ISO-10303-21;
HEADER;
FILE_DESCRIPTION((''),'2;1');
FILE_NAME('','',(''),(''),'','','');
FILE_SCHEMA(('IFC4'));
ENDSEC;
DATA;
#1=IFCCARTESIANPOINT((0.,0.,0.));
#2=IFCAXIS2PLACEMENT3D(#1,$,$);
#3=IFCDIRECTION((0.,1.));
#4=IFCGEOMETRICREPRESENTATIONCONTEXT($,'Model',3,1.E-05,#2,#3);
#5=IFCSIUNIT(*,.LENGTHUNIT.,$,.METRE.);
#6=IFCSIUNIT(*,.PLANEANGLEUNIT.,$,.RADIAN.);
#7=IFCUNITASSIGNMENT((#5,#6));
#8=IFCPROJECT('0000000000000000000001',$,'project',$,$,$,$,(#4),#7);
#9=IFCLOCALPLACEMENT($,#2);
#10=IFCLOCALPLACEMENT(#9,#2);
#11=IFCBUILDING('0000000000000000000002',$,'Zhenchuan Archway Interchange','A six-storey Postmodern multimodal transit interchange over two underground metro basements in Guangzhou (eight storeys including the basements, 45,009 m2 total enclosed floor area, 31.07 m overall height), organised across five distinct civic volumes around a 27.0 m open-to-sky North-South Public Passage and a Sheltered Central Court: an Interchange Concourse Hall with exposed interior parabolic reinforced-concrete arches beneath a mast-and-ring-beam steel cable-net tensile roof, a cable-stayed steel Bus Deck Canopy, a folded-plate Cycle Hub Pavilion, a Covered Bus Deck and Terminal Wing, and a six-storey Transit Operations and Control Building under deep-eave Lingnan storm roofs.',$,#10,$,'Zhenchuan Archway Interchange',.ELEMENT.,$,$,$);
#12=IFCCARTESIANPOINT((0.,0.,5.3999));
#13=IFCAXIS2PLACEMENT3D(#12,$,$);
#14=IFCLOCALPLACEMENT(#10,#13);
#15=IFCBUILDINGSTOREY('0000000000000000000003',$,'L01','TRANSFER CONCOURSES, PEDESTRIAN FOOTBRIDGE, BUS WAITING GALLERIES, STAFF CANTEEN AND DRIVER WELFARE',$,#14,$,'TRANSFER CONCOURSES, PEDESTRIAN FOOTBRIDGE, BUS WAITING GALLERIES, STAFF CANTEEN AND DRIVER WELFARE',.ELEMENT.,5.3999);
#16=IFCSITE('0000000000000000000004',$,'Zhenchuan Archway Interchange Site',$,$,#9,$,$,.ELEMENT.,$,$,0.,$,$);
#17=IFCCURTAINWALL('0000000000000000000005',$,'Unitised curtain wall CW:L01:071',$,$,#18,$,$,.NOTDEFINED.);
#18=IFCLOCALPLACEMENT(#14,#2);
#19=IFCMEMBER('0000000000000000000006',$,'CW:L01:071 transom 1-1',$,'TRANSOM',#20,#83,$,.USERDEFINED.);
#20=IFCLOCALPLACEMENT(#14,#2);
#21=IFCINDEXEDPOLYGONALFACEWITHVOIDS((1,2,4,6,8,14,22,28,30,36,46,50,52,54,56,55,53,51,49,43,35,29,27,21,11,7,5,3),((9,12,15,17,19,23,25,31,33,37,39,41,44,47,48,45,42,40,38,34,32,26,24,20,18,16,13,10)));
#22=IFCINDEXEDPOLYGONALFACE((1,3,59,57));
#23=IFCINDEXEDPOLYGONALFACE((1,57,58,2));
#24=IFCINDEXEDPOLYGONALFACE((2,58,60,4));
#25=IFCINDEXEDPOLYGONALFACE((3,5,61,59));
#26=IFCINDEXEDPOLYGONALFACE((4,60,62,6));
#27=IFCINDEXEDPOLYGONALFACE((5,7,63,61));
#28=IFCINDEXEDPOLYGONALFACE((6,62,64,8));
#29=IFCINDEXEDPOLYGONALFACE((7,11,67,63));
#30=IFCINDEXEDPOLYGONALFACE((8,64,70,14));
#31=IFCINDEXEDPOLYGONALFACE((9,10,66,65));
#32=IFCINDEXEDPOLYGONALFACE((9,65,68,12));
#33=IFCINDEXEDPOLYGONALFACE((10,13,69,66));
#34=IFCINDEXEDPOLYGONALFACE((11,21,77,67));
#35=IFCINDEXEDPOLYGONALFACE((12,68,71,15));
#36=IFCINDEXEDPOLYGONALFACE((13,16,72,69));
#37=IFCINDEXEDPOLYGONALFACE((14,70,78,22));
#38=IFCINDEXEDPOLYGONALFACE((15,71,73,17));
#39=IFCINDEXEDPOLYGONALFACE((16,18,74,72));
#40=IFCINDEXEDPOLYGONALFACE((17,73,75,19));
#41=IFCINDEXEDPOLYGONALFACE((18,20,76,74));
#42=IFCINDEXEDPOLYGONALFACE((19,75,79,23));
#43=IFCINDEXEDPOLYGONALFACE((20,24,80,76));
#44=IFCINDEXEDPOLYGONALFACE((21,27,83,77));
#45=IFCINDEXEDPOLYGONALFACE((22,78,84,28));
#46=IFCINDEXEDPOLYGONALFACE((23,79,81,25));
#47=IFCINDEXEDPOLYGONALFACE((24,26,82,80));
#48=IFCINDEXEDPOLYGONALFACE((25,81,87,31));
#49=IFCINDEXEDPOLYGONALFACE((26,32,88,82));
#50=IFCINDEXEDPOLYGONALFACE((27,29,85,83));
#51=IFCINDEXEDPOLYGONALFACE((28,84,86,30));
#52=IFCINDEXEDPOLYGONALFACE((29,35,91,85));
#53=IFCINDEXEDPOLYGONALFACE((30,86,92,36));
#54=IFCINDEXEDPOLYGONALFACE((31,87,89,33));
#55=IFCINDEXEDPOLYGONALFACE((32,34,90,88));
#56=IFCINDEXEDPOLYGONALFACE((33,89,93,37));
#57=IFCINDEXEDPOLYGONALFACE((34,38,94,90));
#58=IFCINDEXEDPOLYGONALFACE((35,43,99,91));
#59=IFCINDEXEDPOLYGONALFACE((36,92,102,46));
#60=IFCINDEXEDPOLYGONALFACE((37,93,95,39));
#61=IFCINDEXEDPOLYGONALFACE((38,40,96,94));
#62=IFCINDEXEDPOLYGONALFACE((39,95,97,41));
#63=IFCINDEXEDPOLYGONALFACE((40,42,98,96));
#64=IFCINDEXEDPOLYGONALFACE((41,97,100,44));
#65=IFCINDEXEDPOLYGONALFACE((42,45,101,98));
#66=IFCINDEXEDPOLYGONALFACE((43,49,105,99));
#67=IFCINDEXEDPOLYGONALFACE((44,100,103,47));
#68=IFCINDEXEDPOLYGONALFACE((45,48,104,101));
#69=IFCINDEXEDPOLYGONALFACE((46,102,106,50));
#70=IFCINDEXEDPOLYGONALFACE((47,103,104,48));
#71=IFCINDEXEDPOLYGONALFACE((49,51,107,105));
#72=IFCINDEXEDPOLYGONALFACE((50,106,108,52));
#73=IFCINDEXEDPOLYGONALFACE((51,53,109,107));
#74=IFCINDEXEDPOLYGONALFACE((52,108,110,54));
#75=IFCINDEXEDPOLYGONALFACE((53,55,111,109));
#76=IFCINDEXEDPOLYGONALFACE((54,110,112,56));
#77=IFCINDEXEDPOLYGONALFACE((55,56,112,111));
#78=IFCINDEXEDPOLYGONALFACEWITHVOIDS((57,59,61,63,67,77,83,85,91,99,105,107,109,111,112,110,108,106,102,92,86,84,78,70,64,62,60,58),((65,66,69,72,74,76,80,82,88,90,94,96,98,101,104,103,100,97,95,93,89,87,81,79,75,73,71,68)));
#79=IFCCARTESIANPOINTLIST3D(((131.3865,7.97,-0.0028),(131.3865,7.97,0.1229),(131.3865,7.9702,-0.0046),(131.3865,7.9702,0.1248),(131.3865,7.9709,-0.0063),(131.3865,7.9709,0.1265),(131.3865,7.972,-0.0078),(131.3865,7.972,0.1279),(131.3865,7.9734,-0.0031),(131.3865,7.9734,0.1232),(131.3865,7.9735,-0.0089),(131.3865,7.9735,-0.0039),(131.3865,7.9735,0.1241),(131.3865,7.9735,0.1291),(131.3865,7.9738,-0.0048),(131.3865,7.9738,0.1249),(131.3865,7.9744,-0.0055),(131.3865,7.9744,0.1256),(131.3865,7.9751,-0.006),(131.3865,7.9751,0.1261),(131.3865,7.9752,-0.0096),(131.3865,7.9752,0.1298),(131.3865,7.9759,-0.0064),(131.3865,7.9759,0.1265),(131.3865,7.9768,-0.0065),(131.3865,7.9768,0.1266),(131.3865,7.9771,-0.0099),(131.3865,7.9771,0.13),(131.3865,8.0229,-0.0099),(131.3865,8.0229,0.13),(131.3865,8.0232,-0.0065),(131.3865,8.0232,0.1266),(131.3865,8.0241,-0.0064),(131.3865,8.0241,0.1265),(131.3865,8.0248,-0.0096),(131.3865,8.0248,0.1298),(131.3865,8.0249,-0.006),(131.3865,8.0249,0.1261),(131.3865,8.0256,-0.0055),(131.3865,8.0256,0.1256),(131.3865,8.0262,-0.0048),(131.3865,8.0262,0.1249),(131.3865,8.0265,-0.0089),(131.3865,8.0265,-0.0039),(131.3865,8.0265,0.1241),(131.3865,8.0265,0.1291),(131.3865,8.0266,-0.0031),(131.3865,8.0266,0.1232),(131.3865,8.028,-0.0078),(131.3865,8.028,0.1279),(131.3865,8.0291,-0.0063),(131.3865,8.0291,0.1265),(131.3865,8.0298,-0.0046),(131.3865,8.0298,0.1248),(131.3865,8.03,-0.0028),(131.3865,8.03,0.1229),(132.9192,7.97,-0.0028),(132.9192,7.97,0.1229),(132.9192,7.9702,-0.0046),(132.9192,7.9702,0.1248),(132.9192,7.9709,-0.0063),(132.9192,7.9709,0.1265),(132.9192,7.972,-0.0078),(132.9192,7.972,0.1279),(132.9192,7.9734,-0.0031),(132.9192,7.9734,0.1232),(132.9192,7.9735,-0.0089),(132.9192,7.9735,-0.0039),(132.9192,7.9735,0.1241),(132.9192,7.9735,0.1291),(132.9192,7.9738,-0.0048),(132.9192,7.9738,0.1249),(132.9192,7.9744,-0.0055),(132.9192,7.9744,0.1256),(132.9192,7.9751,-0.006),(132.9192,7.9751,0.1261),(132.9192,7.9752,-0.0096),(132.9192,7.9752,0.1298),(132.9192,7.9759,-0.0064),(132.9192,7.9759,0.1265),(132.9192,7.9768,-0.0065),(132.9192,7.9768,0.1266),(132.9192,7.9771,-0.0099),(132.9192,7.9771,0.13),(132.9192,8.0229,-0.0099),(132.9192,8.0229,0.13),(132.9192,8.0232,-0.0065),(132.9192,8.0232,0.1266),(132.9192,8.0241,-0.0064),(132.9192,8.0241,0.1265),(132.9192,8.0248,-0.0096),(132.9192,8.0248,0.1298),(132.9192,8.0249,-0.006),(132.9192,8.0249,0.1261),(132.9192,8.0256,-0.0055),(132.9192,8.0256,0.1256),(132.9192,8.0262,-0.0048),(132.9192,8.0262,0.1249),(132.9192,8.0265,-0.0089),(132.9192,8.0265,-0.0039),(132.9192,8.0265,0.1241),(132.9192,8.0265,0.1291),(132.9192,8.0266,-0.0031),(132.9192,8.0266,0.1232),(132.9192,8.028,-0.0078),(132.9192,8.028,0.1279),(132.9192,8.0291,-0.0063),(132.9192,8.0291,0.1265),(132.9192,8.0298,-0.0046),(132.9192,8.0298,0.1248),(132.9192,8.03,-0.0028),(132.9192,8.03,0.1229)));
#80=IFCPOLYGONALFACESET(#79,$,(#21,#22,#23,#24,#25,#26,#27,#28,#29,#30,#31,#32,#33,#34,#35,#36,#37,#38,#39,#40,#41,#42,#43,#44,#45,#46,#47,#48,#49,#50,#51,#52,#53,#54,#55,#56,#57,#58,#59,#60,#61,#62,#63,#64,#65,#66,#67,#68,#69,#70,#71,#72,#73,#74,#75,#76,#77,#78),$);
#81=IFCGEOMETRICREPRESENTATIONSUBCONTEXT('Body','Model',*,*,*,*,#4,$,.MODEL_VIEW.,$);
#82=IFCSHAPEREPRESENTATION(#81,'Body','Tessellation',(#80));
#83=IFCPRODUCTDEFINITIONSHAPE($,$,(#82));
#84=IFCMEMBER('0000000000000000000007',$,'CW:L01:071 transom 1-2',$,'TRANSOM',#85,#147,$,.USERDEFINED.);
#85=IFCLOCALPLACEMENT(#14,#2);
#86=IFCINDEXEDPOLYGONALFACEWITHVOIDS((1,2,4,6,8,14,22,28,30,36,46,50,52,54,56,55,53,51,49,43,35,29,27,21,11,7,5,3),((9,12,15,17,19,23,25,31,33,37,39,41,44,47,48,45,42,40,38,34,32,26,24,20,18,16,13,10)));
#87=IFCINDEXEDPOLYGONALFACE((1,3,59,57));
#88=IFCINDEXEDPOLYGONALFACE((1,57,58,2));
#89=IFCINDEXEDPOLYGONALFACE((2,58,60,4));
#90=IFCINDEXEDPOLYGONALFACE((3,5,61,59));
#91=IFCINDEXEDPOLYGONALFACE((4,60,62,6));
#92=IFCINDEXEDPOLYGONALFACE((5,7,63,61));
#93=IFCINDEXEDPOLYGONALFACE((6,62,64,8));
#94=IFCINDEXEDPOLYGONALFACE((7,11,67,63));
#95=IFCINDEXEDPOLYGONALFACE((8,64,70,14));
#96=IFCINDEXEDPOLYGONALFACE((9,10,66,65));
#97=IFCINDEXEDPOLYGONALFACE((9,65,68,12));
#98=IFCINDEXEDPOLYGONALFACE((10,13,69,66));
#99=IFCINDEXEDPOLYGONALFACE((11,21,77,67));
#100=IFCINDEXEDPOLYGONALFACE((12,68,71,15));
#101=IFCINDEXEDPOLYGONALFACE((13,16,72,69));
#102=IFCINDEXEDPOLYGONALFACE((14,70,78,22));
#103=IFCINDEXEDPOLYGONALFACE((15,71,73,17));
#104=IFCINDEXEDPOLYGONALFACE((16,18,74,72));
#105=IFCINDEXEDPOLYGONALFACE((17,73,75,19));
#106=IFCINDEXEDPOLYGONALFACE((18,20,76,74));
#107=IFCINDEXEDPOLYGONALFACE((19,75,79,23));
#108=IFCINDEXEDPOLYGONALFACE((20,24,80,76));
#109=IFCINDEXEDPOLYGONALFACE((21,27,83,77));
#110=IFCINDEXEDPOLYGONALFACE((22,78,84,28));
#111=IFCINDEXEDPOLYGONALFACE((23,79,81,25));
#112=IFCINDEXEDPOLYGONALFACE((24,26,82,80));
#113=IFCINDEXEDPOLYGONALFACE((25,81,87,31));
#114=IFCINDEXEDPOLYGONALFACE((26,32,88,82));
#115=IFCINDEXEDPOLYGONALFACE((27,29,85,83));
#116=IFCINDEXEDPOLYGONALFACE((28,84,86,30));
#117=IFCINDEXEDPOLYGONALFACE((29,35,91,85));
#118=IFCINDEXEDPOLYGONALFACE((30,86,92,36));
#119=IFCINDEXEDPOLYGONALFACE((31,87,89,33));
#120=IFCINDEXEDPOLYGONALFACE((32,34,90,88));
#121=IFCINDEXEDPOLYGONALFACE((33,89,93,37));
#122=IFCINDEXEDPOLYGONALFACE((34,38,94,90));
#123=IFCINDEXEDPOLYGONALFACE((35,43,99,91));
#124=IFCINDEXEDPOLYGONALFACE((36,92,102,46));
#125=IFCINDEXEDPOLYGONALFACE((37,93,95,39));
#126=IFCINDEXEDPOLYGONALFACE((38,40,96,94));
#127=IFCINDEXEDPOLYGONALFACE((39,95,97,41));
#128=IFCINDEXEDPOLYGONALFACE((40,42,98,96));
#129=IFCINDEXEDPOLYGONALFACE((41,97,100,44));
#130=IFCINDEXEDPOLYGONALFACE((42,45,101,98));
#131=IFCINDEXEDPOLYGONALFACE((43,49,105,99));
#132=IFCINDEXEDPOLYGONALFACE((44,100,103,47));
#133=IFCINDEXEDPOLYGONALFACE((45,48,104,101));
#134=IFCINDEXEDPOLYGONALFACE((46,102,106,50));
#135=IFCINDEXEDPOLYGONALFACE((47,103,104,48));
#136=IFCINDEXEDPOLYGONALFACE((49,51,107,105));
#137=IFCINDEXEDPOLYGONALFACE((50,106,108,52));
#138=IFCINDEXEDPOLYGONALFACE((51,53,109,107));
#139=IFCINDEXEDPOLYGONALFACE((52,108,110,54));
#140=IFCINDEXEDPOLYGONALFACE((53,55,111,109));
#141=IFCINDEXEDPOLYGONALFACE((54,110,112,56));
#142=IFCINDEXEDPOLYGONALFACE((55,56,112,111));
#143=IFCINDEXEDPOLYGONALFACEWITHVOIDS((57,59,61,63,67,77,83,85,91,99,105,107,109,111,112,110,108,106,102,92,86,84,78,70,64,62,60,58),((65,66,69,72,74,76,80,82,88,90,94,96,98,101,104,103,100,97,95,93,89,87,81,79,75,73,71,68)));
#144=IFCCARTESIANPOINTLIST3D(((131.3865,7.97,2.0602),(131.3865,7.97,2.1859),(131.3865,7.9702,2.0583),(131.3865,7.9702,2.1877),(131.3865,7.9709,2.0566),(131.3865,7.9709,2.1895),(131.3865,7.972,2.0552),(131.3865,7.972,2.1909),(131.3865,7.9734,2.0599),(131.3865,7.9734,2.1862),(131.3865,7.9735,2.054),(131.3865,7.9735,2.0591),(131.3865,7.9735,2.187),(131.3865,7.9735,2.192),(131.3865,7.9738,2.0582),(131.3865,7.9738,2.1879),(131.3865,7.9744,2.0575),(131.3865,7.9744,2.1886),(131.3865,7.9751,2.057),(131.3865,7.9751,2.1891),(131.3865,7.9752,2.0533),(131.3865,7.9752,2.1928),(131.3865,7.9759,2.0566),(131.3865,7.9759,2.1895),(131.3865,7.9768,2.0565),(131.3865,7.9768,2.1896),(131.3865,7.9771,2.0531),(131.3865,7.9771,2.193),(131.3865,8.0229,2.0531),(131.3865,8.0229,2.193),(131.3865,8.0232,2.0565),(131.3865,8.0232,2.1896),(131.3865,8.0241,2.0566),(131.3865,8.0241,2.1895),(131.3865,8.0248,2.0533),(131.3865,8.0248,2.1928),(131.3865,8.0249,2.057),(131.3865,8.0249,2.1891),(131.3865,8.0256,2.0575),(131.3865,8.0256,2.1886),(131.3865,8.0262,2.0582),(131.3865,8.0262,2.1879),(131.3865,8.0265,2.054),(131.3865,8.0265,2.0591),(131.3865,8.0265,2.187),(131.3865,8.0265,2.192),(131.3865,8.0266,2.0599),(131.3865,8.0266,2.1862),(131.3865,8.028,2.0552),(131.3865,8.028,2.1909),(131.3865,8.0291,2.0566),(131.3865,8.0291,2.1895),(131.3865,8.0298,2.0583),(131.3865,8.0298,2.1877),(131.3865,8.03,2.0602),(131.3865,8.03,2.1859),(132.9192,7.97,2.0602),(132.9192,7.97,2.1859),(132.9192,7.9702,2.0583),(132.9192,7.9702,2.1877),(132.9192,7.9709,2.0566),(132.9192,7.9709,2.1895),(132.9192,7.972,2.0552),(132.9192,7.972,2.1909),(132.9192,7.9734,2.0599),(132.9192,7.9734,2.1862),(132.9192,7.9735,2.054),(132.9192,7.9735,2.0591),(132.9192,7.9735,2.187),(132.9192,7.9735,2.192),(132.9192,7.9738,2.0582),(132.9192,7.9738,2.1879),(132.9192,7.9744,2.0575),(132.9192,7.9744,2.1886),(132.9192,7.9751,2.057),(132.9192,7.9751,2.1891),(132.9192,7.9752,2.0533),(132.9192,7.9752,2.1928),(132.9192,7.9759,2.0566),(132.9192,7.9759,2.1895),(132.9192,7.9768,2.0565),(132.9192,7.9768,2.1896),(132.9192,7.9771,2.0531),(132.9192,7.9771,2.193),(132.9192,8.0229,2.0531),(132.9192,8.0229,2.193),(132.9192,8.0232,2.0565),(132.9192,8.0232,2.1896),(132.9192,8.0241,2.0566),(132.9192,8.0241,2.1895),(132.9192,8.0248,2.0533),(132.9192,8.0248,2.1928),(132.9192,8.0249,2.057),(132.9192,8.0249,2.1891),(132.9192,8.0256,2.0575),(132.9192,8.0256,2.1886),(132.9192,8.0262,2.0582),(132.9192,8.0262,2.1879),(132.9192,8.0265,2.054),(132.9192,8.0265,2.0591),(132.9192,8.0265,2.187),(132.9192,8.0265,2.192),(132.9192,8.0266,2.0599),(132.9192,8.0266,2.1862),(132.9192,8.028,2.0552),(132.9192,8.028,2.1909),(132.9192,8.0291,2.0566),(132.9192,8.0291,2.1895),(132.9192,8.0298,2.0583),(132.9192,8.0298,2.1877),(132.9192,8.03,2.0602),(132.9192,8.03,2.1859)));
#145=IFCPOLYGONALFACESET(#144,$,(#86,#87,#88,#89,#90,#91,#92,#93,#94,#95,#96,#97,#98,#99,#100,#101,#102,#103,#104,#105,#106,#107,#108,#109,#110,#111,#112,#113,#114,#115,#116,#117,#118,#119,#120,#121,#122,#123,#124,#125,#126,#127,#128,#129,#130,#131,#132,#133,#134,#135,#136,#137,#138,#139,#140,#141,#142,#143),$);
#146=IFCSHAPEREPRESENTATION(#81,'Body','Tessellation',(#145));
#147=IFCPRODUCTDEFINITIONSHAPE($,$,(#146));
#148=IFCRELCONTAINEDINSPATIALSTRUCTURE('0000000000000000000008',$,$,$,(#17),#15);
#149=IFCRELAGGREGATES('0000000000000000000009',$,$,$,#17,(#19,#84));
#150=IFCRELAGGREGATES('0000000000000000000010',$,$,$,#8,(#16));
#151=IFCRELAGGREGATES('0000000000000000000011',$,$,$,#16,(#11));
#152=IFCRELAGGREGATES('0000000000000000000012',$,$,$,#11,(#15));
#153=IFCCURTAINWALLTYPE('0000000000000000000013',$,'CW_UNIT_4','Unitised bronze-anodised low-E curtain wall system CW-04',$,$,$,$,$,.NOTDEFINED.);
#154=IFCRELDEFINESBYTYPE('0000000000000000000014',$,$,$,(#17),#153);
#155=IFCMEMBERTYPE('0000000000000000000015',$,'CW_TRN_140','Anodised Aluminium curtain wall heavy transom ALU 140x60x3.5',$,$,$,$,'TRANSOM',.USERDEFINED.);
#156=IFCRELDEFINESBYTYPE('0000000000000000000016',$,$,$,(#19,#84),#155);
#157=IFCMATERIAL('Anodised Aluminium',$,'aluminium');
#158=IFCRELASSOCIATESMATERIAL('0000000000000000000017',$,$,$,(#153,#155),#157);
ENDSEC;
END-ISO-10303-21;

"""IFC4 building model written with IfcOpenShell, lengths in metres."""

from ifc_helpers import new_model, si_unit, direction, frame, origin, origin_2d, place, context, subcontext, project, spatial, hollow_rectangle, extrude, material, material_profile, profile_set, type_object, element, aggregate, save


model = new_model("IFC4")

# Units and contexts
model_context = context("Model", 3, precision=1e-05, world=origin(), true_north=direction((0.0, 1.0)))
body_context = subcontext(model_context, "Body", "Model", "MODEL_VIEW")
ifc_project = project(units=[si_unit("LENGTHUNIT", "METRE"), si_unit("PLANEANGLEUNIT", "RADIAN")], contexts=[model_context])

# Site, building, storey
site_placement = place(None, origin())
site = spatial("IfcSite", under=ifc_project, at=site_placement, Name="Zhenchuan Archway Interchange Site", CompositionType="ELEMENT", RefElevation=0.0)
building_placement = place(site_placement, origin())
building = spatial("IfcBuilding", under=site, at=building_placement, Name="Zhenchuan Archway Interchange", Description="A six-storey Postmodern multimodal transit interchange over two underground metro basements in Guangzhou (eight storeys including the basements, 45,009 m2 total enclosed floor area, 31.07 m overall height), organised across five distinct civic volumes around a 27.0 m open-to-sky North-South Public Passage and a Sheltered Central Court: an Interchange Concourse Hall with exposed interior parabolic reinforced-concrete arches beneath a mast-and-ring-beam steel cable-net tensile roof, a cable-stayed steel Bus Deck Canopy, a folded-plate Cycle Hub Pavilion, a Covered Bus Deck and Terminal Wing, and a six-storey Transit Operations and Control Building under deep-eave Lingnan storm roofs.", LongName="Zhenchuan Archway Interchange", CompositionType="ELEMENT")
storey_placement = place(building_placement, frame((0.0, 0.0, 5.3999)))
storey = spatial("IfcBuildingStorey", under=building, at=storey_placement, Name="L01", Description="TRANSFER CONCOURSES, PEDESTRIAN FOOTBRIDGE, BUS WAITING GALLERIES, STAFF CANTEEN AND DRIVER WELFARE", LongName="TRANSFER CONCOURSES, PEDESTRIAN FOOTBRIDGE, BUS WAITING GALLERIES, STAFF CANTEEN AND DRIVER WELFARE", CompositionType="ELEMENT", Elevation=5.3999)

# Curtain wall, members
ifc_material_1 = material(Name="Anodised Aluminium", Category="aluminium")
curtain_wall_type = type_object("IfcCurtainWallType", Name="CW_UNIT_4", Description="Unitised bronze-anodised low-E curtain wall system CW-04", PredefinedType="NOTDEFINED", material=ifc_material_1)
curtain_wall_placement = place(storey_placement, origin())
curtain_wall = element("IfcCurtainWall", 1, at=curtain_wall_placement, inside=storey, type_object=curtain_wall_type, Name="Unitised curtain wall CW:L01:071", PredefinedType="NOTDEFINED")
ifc_material_profile_1 = material_profile(ifc_material_1, hollow_rectangle(XDim=0.0601, YDim=0.1399, WallThickness=0.0034, InnerFilletRadius=0.0034, OuterFilletRadius=0.0071, at=origin_2d()), Name="ALU 140x60x3.5")
ifc_profile_set_1 = profile_set([ifc_material_profile_1], Name="Anodised Aluminium")
member_type_1 = type_object("IfcMemberType", Name="CW_TRN_140", Description="Anodised Aluminium curtain wall heavy transom ALU 140x60x3.5", ElementType="TRANSOM", PredefinedType="USERDEFINED", material=ifc_profile_set_1)
member_1_placement = place(storey_placement, frame((132.9192, 8.0, 0.0601), z_axis=(-1.0, 0.0, 0.0), x_axis=(0.0, -1.0, 0.0)))
member_1 = element("IfcMember", 2, at=member_1_placement, type_object=member_type_1, Name="CW:L01:071 transom 1-1", ObjectType="TRANSOM", PredefinedType="USERDEFINED", context=body_context, shape_type="SweptSolid", body=[
    extrude(hollow_rectangle(XDim=0.0601, YDim=0.1399, WallThickness=0.0034, InnerFilletRadius=0.0034, OuterFilletRadius=0.0071, at=origin_2d()), origin(), (0.0, 0.0, 1.0), 1.5327),
])
member_2_placement = place(storey_placement, frame((132.9192, 8.0, 2.123), z_axis=(-1.0, 0.0, 0.0), x_axis=(0.0, -1.0, 0.0)))
member_2 = element("IfcMember", 3, at=member_2_placement, type_object=member_type_1, Name="CW:L01:071 transom 1-2", ObjectType="TRANSOM", PredefinedType="USERDEFINED", context=body_context, shape_type="SweptSolid", body=[
    extrude(hollow_rectangle(XDim=0.0601, YDim=0.1399, WallThickness=0.0034, InnerFilletRadius=0.0034, OuterFilletRadius=0.0071, at=origin_2d()), origin(), (0.0, 0.0, 1.0), 1.5327),
])

aggregate(curtain_wall, [member_1, member_2])

save(model, "model.ifc")
